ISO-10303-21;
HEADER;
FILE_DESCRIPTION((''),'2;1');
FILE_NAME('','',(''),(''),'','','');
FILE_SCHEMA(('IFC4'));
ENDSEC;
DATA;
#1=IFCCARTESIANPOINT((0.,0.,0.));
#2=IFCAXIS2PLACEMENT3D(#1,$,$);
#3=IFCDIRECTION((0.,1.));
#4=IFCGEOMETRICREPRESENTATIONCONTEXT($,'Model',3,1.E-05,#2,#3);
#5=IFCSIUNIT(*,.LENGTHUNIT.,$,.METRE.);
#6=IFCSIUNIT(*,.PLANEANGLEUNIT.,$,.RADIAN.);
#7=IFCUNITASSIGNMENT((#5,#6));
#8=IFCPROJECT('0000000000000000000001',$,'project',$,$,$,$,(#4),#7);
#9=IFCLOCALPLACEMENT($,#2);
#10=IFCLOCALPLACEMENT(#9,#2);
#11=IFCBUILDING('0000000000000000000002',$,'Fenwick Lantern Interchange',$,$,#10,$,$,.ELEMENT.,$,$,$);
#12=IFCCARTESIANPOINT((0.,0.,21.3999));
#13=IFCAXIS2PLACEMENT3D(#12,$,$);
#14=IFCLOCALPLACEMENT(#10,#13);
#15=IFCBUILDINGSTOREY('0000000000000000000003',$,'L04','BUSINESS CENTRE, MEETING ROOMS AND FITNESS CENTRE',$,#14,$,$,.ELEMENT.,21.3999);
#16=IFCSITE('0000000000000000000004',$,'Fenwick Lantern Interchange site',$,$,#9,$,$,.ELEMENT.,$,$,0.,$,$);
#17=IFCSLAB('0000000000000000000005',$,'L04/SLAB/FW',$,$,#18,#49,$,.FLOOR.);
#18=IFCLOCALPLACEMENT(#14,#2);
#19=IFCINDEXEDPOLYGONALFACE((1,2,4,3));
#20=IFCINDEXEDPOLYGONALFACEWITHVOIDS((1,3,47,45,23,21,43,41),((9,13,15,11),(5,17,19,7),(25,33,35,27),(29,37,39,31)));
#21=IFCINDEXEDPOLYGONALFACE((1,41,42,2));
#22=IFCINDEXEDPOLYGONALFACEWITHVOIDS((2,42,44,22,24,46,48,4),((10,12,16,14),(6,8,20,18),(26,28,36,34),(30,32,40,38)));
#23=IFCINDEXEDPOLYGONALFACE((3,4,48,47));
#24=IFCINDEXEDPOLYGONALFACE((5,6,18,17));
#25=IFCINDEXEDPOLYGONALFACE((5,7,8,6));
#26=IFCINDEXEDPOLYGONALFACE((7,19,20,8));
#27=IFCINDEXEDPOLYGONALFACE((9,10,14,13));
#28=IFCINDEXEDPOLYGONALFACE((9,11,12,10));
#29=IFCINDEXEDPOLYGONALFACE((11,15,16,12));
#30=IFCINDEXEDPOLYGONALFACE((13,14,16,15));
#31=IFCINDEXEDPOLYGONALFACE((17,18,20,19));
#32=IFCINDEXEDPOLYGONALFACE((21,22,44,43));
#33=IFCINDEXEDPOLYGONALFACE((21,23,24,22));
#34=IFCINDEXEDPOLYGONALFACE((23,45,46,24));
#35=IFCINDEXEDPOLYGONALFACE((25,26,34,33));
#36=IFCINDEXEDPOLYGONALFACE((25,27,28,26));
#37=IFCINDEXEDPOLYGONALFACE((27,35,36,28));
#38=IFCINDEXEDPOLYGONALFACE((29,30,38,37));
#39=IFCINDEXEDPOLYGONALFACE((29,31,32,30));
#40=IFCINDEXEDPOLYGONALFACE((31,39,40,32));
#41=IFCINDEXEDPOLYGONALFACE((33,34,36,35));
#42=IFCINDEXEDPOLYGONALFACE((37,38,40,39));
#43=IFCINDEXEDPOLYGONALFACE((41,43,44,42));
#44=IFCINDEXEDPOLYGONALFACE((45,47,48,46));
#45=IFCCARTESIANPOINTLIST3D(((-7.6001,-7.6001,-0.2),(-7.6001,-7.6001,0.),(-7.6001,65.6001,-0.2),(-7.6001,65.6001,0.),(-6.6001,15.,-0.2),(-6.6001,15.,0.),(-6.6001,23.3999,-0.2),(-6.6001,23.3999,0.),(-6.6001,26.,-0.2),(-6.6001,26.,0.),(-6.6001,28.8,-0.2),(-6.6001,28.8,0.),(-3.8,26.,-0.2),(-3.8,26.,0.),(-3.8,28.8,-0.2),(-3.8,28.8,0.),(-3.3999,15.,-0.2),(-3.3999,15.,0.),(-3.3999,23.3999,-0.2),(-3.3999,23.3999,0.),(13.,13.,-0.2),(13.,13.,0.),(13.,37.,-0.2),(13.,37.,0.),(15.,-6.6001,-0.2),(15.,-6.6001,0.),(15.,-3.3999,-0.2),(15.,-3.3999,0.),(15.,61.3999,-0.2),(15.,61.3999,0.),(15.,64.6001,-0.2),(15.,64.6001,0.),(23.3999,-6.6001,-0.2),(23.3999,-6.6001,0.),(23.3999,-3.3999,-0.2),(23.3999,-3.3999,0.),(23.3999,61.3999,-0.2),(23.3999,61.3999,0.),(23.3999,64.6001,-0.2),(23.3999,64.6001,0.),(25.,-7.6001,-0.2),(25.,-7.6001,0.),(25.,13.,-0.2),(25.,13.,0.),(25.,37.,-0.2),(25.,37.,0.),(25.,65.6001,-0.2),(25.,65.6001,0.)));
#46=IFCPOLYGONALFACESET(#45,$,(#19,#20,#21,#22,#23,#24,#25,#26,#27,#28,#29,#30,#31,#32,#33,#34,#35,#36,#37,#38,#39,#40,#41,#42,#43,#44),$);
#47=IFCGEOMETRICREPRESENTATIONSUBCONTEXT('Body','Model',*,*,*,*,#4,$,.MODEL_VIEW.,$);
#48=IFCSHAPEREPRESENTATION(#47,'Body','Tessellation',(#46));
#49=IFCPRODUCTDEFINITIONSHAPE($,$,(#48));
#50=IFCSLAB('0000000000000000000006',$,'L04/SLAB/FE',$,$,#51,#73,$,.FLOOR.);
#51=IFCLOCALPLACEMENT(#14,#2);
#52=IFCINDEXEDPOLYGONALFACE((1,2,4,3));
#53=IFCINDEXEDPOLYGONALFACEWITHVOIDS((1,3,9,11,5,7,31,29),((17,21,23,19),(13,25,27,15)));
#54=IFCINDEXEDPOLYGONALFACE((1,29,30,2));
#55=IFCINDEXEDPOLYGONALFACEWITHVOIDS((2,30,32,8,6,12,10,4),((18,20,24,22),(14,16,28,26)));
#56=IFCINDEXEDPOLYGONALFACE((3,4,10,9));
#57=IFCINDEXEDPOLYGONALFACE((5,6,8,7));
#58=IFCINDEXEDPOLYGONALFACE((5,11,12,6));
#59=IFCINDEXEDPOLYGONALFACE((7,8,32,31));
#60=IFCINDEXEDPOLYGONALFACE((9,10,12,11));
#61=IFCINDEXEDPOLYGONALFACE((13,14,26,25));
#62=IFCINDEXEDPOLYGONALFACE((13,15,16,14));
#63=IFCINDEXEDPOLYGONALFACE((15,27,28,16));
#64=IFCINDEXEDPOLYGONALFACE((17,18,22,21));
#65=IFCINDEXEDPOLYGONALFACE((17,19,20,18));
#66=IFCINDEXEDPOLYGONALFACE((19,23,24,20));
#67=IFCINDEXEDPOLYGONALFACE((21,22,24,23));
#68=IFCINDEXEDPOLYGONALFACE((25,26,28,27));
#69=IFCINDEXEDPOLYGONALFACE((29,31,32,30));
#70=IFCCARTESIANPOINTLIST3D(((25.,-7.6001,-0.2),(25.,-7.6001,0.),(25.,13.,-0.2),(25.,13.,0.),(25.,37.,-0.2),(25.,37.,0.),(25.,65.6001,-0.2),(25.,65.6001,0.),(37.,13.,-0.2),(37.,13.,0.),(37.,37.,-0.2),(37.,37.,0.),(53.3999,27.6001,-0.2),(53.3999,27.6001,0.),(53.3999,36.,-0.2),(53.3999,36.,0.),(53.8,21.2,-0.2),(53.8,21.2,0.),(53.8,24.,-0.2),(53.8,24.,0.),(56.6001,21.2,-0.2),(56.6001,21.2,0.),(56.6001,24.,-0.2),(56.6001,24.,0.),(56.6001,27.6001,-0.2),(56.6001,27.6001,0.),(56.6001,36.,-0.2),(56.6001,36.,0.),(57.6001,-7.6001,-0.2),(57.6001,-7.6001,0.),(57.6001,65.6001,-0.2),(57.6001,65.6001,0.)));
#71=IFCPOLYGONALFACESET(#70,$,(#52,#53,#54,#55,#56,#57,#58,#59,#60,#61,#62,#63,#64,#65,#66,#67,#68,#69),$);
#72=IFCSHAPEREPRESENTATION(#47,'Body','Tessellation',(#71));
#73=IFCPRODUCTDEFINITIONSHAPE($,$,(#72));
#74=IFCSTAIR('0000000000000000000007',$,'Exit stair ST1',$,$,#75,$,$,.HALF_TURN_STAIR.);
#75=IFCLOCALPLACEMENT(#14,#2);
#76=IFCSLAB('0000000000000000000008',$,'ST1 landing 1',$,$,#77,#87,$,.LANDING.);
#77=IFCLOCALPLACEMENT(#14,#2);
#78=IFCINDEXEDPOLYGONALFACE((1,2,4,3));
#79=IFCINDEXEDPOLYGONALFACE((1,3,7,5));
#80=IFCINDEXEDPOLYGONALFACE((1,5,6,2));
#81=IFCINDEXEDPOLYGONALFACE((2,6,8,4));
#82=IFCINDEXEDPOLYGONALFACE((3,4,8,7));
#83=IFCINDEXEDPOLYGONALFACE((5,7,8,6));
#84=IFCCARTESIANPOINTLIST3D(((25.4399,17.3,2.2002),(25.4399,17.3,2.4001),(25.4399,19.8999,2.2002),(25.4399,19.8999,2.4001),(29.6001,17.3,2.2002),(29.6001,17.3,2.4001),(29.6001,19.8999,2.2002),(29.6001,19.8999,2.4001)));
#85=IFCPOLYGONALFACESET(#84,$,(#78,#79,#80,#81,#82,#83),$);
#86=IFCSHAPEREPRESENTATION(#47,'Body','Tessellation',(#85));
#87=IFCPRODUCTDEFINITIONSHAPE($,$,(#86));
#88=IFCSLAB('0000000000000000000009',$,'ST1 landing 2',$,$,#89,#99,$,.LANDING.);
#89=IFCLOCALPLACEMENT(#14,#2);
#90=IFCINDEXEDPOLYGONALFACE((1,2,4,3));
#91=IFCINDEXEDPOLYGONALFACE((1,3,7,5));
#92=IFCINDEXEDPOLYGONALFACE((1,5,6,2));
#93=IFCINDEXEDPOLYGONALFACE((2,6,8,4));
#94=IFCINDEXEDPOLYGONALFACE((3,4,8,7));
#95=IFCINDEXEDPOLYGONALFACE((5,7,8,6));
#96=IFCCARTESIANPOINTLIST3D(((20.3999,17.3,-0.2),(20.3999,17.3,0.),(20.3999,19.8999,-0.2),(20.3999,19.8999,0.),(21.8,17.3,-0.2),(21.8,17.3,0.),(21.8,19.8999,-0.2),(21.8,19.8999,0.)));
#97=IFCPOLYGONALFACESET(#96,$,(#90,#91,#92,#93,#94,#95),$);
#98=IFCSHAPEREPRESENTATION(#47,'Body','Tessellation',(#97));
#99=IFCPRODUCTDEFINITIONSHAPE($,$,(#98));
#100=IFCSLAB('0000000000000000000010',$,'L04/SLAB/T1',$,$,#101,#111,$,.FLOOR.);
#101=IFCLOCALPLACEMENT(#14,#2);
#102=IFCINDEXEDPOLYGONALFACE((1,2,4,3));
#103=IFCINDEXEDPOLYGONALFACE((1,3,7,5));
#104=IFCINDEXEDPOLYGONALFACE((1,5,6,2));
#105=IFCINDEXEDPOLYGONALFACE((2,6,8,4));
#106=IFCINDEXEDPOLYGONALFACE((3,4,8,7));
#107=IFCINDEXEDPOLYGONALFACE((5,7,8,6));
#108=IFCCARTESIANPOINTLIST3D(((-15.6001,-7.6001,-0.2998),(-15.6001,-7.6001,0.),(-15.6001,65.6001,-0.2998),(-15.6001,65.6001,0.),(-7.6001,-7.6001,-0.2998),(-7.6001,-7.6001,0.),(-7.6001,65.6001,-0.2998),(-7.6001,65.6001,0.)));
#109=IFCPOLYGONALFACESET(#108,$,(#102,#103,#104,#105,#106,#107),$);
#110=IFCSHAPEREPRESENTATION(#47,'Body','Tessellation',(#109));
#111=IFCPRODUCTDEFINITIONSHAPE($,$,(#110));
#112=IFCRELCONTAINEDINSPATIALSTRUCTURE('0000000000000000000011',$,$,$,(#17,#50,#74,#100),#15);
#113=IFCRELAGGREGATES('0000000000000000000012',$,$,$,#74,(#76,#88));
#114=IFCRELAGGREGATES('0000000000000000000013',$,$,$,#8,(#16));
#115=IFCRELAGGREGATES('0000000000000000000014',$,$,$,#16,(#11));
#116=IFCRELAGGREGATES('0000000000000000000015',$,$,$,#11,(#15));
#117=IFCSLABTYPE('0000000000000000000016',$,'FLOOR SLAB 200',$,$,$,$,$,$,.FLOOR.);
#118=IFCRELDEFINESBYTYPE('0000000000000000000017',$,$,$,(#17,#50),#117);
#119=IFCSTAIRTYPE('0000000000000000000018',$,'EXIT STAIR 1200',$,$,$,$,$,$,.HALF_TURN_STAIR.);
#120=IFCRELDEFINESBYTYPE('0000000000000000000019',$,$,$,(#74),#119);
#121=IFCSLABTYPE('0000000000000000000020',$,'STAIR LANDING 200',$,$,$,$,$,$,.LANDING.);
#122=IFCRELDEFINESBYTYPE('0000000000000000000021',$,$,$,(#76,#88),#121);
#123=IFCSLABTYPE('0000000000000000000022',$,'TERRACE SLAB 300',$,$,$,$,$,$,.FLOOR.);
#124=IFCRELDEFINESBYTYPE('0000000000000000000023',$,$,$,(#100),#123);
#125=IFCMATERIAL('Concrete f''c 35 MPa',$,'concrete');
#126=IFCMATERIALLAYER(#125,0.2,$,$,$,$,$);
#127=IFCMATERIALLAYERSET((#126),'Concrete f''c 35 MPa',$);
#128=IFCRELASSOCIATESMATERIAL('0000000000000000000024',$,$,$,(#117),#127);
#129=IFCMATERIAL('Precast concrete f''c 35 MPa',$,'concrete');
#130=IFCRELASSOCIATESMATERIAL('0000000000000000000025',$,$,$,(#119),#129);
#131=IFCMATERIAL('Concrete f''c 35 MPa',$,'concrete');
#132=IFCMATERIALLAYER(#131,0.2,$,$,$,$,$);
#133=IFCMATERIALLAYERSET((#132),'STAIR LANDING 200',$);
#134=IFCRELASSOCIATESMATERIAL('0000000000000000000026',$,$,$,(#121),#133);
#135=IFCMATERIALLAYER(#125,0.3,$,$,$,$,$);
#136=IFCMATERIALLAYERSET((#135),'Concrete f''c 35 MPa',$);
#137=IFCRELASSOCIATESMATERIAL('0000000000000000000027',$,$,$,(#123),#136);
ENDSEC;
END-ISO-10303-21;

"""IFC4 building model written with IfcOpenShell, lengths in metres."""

from ifc_helpers import new_model, si_unit, direction, frame, origin, place, context, subcontext, project, spatial, polyline, outline, extrude, material, layer, layer_set, type_object, element, aggregate, save


model = new_model("IFC4")

# Units and contexts
model_context = context("Model", 3, precision=1e-05, world=origin(), true_north=direction((0.0, 1.0)))
body_context = subcontext(model_context, "Body", "Model", "MODEL_VIEW")
ifc_project = project(units=[si_unit("LENGTHUNIT", "METRE"), si_unit("PLANEANGLEUNIT", "RADIAN")], contexts=[model_context])

# Site, building, storey
site_placement = place(None, origin())
site = spatial("IfcSite", under=ifc_project, at=site_placement, Name="Fenwick Lantern Interchange site", CompositionType="ELEMENT", RefElevation=0.0)
building_placement = place(site_placement, origin())
building = spatial("IfcBuilding", under=site, at=building_placement, Name="Fenwick Lantern Interchange", CompositionType="ELEMENT")
storey_placement = place(building_placement, frame((0.0, 0.0, 21.3999)))
storey = spatial("IfcBuildingStorey", under=building, at=storey_placement, Name="L04", Description="BUSINESS CENTRE, MEETING ROOMS AND FITNESS CENTRE", CompositionType="ELEMENT", Elevation=21.3999)

# Slabs
ifc_material_1 = material(Name="Concrete f'c 35 MPa", Category="concrete")
ifc_layer_1 = layer(ifc_material_1, 0.2)
ifc_layer_set_1 = layer_set([ifc_layer_1], Name="Concrete f'c 35 MPa")
slab_type_1 = type_object("IfcSlabType", Name="FLOOR SLAB 200", PredefinedType="FLOOR", material=ifc_layer_set_1)
slab_1_placement = place(storey_placement, frame((0.0, 0.0, -0.2)))
element("IfcSlab", 1, at=slab_1_placement, inside=storey, type_object=slab_type_1, Name="L04/SLAB/FW", PredefinedType="FLOOR", context=body_context, shape_type="SweptSolid", body=[
    extrude(outline(polyline([(-7.6001, -7.6001), (-7.6001, 65.6001), (25.0, 65.6001), (25.0, 37.0), (13.0, 37.0), (13.0, 13.0), (25.0, 13.0), (25.0, -7.6001), (-7.6001, -7.6001)]), holes=[polyline([(23.3999, 61.3999), (23.3999, 64.6001), (15.0, 64.6001), (15.0, 61.3999), (23.3999, 61.3999)]), polyline([(23.3999, -6.6001), (23.3999, -3.3999), (15.0, -3.3999), (15.0, -6.6001), (23.3999, -6.6001)]), polyline([(-3.3999, 15.0), (-3.3999, 23.3999), (-6.6001, 23.3999), (-6.6001, 15.0), (-3.3999, 15.0)]), polyline([(-3.8, 26.0), (-3.8, 28.8), (-6.6001, 28.8), (-6.6001, 26.0), (-3.8, 26.0)])]), origin(), (0.0, 0.0, 1.0), 0.2),
])
slab_2_placement = place(storey_placement, frame((0.0, 0.0, -0.2)))
element("IfcSlab", 2, at=slab_2_placement, inside=storey, type_object=slab_type_1, Name="L04/SLAB/FE", PredefinedType="FLOOR", context=body_context, shape_type="SweptSolid", body=[
    extrude(outline(polyline([(57.6001, 65.6001), (57.6001, -7.6001), (25.0, -7.6001), (25.0, 13.0), (37.0, 13.0), (37.0, 37.0), (25.0, 37.0), (25.0, 65.6001), (57.6001, 65.6001)]), holes=[polyline([(56.6001, 27.6001), (56.6001, 36.0), (53.3999, 36.0), (53.3999, 27.6001), (56.6001, 27.6001)]), polyline([(56.6001, 21.2), (56.6001, 24.0), (53.8, 24.0), (53.8, 21.2), (56.6001, 21.2)])]), origin(), (0.0, 0.0, 1.0), 0.2),
])

# Stair, slabs
ifc_material_2 = material(Name="Precast concrete f'c 35 MPa", Category="concrete")
stair_type = type_object("IfcStairType", Name="EXIT STAIR 1200", PredefinedType="HALF_TURN_STAIR", material=ifc_material_2)
stair_placement = place(storey_placement, origin())
stair = element("IfcStair", 3, at=stair_placement, inside=storey, type_object=stair_type, Name="Exit stair ST1", PredefinedType="HALF_TURN_STAIR")
ifc_material_3 = material(Name="Concrete f'c 35 MPa", Category="concrete")
ifc_layer_2 = layer(ifc_material_3, 0.2)
ifc_layer_set_2 = layer_set([ifc_layer_2], Name="STAIR LANDING 200")
slab_type_2 = type_object("IfcSlabType", Name="STAIR LANDING 200", PredefinedType="LANDING", material=ifc_layer_set_2)
slab_3_placement = place(storey_placement, frame((0.0, 0.0, 2.2002)))
slab_3 = element("IfcSlab", 4, at=slab_3_placement, type_object=slab_type_2, Name="ST1 landing 1", PredefinedType="LANDING", context=body_context, shape_type="SweptSolid", body=[
    extrude(outline(polyline([(25.4399, 17.3), (29.6001, 17.3), (29.6001, 19.8999), (25.4399, 19.8999), (25.4399, 17.3)])), origin(), (0.0, 0.0, 1.0), 0.2),
])
slab_4_placement = place(storey_placement, frame((0.0, 0.0, -0.2)))
slab_4 = element("IfcSlab", 5, at=slab_4_placement, type_object=slab_type_2, Name="ST1 landing 2", PredefinedType="LANDING", context=body_context, shape_type="SweptSolid", body=[
    extrude(outline(polyline([(20.3999, 17.3), (21.8, 17.3), (21.8, 19.8999), (20.3999, 19.8999), (20.3999, 17.3)])), origin(), (0.0, 0.0, 1.0), 0.2),
])
aggregate(stair, [slab_3, slab_4])

# Slab
ifc_layer_3 = layer(ifc_material_1, 0.3)
ifc_layer_set_3 = layer_set([ifc_layer_3], Name="Concrete f'c 35 MPa")
slab_type_3 = type_object("IfcSlabType", Name="TERRACE SLAB 300", PredefinedType="FLOOR", material=ifc_layer_set_3)
slab_5_placement = place(storey_placement, frame((0.0, 0.0, -0.2998)))
element("IfcSlab", 6, at=slab_5_placement, inside=storey, type_object=slab_type_3, Name="L04/SLAB/T1", PredefinedType="FLOOR", context=body_context, shape_type="SweptSolid", body=[
    extrude(outline(polyline([(-15.6001, 65.6001), (-7.6001, 65.6001), (-7.6001, -7.6001), (-15.6001, -7.6001), (-15.6001, 65.6001)])), origin(), (0.0, 0.0, 1.0), 0.2998),
])

save(model, "model.ifc")
